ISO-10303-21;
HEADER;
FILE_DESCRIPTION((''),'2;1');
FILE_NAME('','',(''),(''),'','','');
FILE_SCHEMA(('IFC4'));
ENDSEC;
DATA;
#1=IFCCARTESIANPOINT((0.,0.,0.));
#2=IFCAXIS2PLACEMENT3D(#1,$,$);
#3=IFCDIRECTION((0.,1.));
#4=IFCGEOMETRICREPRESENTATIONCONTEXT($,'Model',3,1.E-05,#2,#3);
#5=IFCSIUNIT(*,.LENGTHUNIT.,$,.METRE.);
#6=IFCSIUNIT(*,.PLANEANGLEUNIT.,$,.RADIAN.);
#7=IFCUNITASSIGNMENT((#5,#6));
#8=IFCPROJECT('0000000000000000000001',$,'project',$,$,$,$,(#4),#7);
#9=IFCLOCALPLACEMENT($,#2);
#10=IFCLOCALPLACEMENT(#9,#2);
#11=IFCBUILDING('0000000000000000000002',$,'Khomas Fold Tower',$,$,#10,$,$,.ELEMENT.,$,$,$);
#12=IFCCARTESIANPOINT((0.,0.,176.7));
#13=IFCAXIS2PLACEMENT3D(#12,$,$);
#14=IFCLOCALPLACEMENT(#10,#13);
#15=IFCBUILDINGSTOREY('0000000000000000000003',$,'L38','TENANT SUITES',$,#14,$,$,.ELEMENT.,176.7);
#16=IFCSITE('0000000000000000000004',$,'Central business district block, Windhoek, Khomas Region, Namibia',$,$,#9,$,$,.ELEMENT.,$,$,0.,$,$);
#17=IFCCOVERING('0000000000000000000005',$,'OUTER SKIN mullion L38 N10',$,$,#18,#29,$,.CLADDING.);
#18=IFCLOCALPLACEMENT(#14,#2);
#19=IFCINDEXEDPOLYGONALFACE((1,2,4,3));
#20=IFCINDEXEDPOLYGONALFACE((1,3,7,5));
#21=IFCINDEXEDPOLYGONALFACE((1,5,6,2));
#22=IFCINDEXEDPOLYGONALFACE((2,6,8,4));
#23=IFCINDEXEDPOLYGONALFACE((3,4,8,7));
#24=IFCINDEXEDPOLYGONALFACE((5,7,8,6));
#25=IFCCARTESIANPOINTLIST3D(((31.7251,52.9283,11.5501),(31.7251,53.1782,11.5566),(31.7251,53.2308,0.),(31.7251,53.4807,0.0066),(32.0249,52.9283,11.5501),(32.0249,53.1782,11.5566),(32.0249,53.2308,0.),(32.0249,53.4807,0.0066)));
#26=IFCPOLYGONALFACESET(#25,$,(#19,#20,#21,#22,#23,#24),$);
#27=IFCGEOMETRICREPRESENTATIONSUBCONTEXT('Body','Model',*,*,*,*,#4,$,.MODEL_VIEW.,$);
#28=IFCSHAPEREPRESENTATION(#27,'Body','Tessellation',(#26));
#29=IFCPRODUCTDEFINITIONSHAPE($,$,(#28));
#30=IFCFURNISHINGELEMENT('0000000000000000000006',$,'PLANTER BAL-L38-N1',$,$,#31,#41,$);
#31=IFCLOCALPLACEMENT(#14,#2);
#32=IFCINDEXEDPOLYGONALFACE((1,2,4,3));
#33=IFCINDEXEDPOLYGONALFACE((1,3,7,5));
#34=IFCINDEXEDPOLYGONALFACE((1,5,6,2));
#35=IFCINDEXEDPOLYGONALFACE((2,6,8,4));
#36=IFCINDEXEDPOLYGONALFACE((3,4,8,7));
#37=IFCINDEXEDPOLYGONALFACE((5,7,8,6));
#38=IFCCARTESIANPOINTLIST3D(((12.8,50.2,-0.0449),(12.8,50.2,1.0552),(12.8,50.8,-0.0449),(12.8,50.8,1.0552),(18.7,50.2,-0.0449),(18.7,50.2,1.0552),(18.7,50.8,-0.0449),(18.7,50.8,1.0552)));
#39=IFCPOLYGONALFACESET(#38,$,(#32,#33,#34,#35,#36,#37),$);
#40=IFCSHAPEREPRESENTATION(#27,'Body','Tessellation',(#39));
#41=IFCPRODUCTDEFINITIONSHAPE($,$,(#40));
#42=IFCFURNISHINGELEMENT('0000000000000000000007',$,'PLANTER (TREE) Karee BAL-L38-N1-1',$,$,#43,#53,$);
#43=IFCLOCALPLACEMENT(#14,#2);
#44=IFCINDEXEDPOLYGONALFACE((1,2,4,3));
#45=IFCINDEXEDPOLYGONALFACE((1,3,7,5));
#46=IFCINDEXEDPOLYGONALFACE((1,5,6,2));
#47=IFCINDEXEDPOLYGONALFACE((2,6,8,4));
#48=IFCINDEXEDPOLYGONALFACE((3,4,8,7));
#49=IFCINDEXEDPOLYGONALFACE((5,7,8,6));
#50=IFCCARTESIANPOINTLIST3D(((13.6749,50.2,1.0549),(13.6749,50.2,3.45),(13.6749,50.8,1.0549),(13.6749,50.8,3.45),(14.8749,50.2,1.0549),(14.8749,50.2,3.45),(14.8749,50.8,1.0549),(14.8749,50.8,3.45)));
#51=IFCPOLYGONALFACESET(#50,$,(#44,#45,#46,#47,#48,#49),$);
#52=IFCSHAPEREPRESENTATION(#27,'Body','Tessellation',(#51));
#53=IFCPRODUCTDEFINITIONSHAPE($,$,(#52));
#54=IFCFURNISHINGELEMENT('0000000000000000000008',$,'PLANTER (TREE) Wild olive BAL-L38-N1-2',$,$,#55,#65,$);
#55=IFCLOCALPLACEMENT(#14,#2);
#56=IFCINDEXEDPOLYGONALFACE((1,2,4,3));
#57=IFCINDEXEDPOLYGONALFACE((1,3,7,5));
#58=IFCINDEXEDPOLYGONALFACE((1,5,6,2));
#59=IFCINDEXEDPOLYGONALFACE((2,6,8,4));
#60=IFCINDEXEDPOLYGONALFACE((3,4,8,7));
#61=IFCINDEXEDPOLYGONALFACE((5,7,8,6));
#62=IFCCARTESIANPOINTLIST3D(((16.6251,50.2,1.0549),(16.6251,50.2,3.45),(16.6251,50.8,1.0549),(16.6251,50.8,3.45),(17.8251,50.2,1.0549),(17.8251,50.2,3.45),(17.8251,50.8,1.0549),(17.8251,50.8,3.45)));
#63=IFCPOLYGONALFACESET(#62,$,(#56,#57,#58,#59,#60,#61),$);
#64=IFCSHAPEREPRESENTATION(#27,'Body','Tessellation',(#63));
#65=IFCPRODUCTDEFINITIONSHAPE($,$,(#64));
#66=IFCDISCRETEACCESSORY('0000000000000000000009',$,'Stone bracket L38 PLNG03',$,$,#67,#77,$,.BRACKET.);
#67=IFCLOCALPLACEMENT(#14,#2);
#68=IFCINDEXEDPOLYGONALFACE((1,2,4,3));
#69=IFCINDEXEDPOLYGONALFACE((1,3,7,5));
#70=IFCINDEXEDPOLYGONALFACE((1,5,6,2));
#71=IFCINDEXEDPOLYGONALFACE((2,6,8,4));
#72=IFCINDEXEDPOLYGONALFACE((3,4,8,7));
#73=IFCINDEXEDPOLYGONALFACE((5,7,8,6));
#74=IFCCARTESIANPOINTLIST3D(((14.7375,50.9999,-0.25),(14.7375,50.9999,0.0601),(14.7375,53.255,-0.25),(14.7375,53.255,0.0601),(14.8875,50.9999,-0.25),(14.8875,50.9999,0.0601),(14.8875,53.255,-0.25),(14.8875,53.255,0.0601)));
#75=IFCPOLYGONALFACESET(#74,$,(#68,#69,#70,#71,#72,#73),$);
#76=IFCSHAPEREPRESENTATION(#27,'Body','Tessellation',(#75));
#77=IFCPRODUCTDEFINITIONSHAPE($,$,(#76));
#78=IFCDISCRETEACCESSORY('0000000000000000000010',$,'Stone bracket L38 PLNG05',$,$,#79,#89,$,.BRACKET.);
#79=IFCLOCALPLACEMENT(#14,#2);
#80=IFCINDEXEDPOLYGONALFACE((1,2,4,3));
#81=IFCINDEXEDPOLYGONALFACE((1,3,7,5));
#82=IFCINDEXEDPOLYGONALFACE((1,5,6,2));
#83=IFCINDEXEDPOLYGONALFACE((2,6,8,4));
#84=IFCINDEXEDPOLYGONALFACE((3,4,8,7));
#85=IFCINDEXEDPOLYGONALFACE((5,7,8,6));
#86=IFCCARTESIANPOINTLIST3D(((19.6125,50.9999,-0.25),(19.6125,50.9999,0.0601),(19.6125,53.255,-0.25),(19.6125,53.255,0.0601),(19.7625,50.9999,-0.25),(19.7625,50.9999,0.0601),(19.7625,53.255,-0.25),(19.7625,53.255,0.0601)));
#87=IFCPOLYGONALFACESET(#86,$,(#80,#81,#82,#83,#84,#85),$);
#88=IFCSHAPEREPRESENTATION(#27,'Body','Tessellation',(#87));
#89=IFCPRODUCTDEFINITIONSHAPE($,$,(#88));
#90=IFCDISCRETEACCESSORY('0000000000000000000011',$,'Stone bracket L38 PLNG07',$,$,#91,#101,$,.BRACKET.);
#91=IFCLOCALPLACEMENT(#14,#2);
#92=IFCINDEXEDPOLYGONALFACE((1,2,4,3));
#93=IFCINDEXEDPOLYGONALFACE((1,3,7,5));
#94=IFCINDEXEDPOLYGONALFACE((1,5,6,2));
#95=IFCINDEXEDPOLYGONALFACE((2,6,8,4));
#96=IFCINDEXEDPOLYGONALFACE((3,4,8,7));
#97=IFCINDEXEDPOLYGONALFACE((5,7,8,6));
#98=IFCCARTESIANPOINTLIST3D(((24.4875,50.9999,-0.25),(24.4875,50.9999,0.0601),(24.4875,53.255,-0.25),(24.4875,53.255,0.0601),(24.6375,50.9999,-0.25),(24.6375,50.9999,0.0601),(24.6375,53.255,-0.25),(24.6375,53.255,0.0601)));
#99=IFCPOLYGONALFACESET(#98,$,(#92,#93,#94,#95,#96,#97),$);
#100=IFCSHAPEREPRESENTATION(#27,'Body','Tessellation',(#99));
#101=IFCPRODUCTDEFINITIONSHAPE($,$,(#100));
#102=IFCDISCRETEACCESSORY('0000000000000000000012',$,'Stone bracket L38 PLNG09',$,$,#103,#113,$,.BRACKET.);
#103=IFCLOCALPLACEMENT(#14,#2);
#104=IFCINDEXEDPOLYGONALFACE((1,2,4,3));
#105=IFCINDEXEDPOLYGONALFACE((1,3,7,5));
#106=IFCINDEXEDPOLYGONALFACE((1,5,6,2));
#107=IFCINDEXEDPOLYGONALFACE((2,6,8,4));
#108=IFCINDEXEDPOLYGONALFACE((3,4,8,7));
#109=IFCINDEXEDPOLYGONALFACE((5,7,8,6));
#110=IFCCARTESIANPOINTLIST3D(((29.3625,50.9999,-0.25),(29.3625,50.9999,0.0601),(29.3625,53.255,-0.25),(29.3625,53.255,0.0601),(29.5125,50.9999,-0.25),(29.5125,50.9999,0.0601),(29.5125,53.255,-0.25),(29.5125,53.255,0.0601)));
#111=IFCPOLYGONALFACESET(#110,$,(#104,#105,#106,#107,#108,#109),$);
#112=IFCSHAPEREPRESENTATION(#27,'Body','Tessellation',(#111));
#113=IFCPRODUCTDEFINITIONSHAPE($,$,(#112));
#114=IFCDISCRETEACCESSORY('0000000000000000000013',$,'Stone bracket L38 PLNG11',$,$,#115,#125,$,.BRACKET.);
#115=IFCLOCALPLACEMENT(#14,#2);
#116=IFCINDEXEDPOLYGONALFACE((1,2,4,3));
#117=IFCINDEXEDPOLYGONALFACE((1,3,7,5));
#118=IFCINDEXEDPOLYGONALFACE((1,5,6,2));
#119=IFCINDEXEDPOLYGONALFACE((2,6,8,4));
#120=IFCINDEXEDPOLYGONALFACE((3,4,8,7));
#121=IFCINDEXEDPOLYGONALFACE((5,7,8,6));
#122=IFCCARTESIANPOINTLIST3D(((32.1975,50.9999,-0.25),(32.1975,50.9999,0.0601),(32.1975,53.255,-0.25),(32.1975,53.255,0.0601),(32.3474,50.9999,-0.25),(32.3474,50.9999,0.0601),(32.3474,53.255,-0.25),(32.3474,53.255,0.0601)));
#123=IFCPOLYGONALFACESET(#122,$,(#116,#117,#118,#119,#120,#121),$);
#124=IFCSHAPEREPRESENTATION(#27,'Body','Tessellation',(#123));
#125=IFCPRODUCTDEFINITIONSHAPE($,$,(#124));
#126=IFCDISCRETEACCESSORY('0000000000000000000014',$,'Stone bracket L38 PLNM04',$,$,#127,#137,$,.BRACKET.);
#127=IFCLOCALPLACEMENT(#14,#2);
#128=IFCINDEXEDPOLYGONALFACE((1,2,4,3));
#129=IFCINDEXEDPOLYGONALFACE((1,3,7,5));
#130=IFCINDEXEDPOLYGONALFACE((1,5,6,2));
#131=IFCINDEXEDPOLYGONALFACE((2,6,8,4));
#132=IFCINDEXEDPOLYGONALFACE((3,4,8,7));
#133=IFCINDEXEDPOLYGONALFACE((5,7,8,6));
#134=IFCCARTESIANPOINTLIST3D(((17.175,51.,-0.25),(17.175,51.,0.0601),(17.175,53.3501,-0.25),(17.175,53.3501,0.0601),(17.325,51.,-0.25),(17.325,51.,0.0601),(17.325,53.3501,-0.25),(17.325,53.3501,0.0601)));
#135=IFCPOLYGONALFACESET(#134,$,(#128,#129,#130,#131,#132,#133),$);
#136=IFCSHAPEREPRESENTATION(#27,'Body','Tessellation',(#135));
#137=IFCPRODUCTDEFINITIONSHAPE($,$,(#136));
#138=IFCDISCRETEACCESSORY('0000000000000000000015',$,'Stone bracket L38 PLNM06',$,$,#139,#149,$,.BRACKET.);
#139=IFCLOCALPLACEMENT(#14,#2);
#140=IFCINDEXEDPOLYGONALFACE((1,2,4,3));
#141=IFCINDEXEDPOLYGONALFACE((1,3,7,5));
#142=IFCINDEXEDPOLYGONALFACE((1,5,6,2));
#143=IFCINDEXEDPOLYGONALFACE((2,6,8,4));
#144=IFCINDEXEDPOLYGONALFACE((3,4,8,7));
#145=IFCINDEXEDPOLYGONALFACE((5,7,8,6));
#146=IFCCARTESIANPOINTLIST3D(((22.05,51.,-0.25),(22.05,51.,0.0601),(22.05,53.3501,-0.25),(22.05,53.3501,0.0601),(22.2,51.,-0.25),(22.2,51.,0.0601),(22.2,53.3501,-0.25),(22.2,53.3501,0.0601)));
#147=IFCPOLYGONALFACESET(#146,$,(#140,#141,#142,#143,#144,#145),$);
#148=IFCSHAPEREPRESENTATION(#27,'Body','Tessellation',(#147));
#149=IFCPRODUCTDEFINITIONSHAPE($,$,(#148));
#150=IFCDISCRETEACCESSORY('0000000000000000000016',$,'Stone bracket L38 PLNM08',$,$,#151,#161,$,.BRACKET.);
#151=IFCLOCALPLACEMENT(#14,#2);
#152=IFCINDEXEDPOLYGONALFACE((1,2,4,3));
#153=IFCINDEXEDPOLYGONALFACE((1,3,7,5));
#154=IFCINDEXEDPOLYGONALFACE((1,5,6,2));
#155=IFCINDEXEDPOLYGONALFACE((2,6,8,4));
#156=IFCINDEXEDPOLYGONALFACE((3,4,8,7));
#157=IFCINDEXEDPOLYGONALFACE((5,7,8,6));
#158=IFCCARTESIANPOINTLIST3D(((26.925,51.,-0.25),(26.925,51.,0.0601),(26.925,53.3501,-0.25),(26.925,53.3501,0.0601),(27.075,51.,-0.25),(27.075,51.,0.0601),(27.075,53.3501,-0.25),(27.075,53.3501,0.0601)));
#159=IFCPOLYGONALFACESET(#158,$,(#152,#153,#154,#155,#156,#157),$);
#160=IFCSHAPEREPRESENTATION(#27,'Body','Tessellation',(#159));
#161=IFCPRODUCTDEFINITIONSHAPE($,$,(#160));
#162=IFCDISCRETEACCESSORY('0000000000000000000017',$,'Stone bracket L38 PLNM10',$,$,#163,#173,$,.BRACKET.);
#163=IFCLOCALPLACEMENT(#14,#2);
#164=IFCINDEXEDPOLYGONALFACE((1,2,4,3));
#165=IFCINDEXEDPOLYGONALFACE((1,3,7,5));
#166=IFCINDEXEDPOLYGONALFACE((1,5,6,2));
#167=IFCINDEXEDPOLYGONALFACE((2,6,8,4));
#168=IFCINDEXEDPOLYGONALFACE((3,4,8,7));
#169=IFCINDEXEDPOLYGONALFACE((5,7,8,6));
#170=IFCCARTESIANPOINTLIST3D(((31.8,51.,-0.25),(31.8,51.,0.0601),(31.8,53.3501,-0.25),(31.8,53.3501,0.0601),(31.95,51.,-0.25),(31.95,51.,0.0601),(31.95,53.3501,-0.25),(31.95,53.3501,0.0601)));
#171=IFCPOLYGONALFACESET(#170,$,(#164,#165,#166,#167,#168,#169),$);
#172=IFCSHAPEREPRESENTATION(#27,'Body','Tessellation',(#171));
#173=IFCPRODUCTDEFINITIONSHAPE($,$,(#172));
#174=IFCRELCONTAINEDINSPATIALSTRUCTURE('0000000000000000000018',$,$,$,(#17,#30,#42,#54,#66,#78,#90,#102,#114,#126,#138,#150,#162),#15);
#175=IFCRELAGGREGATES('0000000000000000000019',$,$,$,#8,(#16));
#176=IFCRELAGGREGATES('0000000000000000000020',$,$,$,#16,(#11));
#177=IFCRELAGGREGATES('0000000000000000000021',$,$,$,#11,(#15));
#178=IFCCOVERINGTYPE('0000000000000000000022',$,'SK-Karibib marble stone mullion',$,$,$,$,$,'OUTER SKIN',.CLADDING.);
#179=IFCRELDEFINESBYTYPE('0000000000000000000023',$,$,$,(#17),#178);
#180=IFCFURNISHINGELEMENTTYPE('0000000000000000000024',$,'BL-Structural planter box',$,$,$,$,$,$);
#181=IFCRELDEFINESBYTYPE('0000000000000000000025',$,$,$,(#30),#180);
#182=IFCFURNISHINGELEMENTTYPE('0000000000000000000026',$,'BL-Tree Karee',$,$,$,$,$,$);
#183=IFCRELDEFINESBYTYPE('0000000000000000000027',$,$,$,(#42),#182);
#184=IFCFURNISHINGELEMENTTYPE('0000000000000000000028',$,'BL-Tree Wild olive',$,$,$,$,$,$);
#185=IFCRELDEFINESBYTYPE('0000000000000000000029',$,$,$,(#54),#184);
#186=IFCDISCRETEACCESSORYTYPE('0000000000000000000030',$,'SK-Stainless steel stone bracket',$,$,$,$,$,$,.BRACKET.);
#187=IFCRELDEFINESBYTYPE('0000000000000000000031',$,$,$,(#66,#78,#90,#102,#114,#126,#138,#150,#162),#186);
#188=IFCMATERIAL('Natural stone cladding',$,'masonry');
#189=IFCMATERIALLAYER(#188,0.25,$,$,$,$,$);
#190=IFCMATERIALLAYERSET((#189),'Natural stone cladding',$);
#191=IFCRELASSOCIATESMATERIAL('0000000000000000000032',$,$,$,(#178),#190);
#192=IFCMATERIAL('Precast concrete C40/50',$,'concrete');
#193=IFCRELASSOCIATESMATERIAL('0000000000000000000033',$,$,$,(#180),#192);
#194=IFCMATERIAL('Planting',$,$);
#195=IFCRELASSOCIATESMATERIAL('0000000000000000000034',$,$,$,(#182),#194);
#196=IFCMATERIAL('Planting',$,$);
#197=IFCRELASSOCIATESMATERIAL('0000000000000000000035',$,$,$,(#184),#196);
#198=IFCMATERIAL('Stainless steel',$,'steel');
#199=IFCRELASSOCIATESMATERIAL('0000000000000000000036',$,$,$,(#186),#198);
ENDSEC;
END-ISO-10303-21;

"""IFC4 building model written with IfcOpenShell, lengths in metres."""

from ifc_helpers import new_model, si_unit, direction, frame, origin, origin_2d, place, context, subcontext, project, spatial, polyline, rectangle, outline, extrude, source, transform, mapped, material, layer, layer_set, type_object, element, save


model = new_model("IFC4")

# Units and contexts
model_context = context("Model", 3, precision=1e-05, world=origin(), true_north=direction((0.0, 1.0)))
body_context = subcontext(model_context, "Body", "Model", "MODEL_VIEW")
ifc_project = project(units=[si_unit("LENGTHUNIT", "METRE"), si_unit("PLANEANGLEUNIT", "RADIAN")], contexts=[model_context])

# Site, building, storey
site_placement = place(None, origin())
site = spatial("IfcSite", under=ifc_project, at=site_placement, Name="Central business district block, Windhoek, Khomas Region, Namibia", CompositionType="ELEMENT", RefElevation=0.0)
building_placement = place(site_placement, origin())
building = spatial("IfcBuilding", under=site, at=building_placement, Name="Khomas Fold Tower", CompositionType="ELEMENT")
storey_placement = place(building_placement, frame((0.0, 0.0, 176.7)))
storey = spatial("IfcBuildingStorey", under=building, at=storey_placement, Name="L38", Description="TENANT SUITES", CompositionType="ELEMENT", Elevation=176.7)

# Covering
ifc_material_1 = material(Name="Natural stone cladding", Category="masonry")
ifc_layer_1 = layer(ifc_material_1, 0.25)
ifc_layer_set_1 = layer_set([ifc_layer_1], Name="Natural stone cladding")
covering_type = type_object("IfcCoveringType", Name="SK-Karibib marble stone mullion", ElementType="OUTER SKIN", PredefinedType="CLADDING", material=ifc_layer_set_1)
for number, where, z_axis, x_axis, name in (
    (1, (31.7251, 53.4807, 0.0066), (0.0, 0.999657, 0.026181), (1.0, 0.0, 0.0), "OUTER SKIN mullion L38 N10"),
):
    element("IfcCovering", number, at=place(storey_placement, frame(where, z_axis=z_axis, x_axis=x_axis)), inside=storey, type_object=covering_type, Name=name, PredefinedType="CLADDING", context=body_context, shape_type="SweptSolid", body=[
        extrude(outline(polyline([(0.0, 0.0), (0.2998, 0.0), (0.2998, -11.554), (0.0, -11.554), (0.0, 0.0)])), origin(), (0.0, 0.0, -1.0), 0.25),
    ])

# Furnishing elements
ifc_material_2 = material(Name="Precast concrete C40/50", Category="concrete")
furnishing_element_type_1 = type_object("IfcFurnishingElementType", Name="BL-Structural planter box", material=ifc_material_2)
shared_shape_1 = source(origin(), body_context, "Body", "SweptSolid", [
    extrude(rectangle(XDim=5.8999, YDim=0.6001, at=origin_2d()), origin(), (0.0, 0.0, 1.0), 1.1001),
])
furnishing_1_placement = place(storey_placement, frame((15.75, 50.5, -0.0449), z_axis=(0.0, 0.0, 1.0), x_axis=(1.0, 0.0, 0.0)))
element("IfcFurnishingElement", 2, at=furnishing_1_placement, inside=storey, type_object=furnishing_element_type_1, Name="PLANTER BAL-L38-N1", context=body_context, shape_type="MappedRepresentation", body=[
    mapped(shared_shape_1, transform((0.0, 0.0, 0.0))),
])
ifc_material_3 = material(Name="Planting")
furnishing_element_type_2 = type_object("IfcFurnishingElementType", Name="BL-Tree Karee", material=ifc_material_3)
shared_shape_2 = source(origin(), body_context, "Body", "SweptSolid", [
    extrude(rectangle(XDim=1.2, YDim=0.6001, at=origin_2d()), origin(), (0.0, 0.0, 1.0), 2.395),
])
furnishing_2_placement = place(storey_placement, frame((14.2749, 50.5, 1.0549), z_axis=(0.0, 0.0, 1.0), x_axis=(1.0, 0.0, 0.0)))
element("IfcFurnishingElement", 3, at=furnishing_2_placement, inside=storey, type_object=furnishing_element_type_2, Name="PLANTER (TREE) Karee BAL-L38-N1-1", context=body_context, shape_type="MappedRepresentation", body=[
    mapped(shared_shape_2, transform((0.0, 0.0, 0.0))),
])
ifc_material_4 = material(Name="Planting")
furnishing_element_type_3 = type_object("IfcFurnishingElementType", Name="BL-Tree Wild olive", material=ifc_material_4)
furnishing_3_placement = place(storey_placement, frame((17.2251, 50.5, 1.0549), z_axis=(0.0, 0.0, 1.0), x_axis=(1.0, 0.0, 0.0)))
element("IfcFurnishingElement", 4, at=furnishing_3_placement, inside=storey, type_object=furnishing_element_type_3, Name="PLANTER (TREE) Wild olive BAL-L38-N1-2", context=body_context, shape_type="MappedRepresentation", body=[
    mapped(shared_shape_2, transform((0.0, 0.0, 0.0))),
])

# Discrete accessories
ifc_material_5 = material(Name="Stainless steel", Category="steel")
discrete_accessory_type = type_object("IfcDiscreteAccessoryType", Name="SK-Stainless steel stone bracket", PredefinedType="BRACKET", material=ifc_material_5)
shared_shape_3 = source(origin(), body_context, "Body", "SweptSolid", [
    extrude(rectangle(XDim=2.2551, YDim=0.1499, at=origin_2d()), origin(), (0.0, 0.0, 1.0), 0.3101),
])
for number, where, z_axis, x_axis, name in (
    (5, (14.8125, 52.1274, -0.25), (0.0, 0.0, 1.0), (0.0, 1.0, 0.0), "Stone bracket L38 PLNG03"),
    (6, (19.6875, 52.1274, -0.25), (0.0, 0.0, 1.0), (0.0, 1.0, 0.0), "Stone bracket L38 PLNG05"),
    (7, (24.5625, 52.1274, -0.25), (0.0, 0.0, 1.0), (0.0, 1.0, 0.0), "Stone bracket L38 PLNG07"),
    (8, (29.4375, 52.1274, -0.25), (0.0, 0.0, 1.0), (0.0, 1.0, 0.0), "Stone bracket L38 PLNG09"),
    (9, (32.2725, 52.1274, -0.25), (0.0, 0.0, 1.0), (0.0, 1.0, 0.0), "Stone bracket L38 PLNG11"),
):
    element("IfcDiscreteAccessory", number, at=place(storey_placement, frame(where, z_axis=z_axis, x_axis=x_axis)), inside=storey, type_object=discrete_accessory_type, Name=name, PredefinedType="BRACKET", context=body_context, shape_type="MappedRepresentation", body=[
        mapped(shared_shape_3, transform((0.0, 0.0, 0.0))),
    ])
shared_shape_4 = source(origin(), body_context, "Body", "SweptSolid", [
    extrude(rectangle(XDim=2.3501, YDim=0.1499, at=origin_2d()), origin(), (0.0, 0.0, 1.0), 0.3101),
])
for number, where, z_axis, x_axis, name in (
    (10, (17.25, 52.175, -0.25), (0.0, 0.0, 1.0), (0.0, 1.0, 0.0), "Stone bracket L38 PLNM04"),
    (11, (22.125, 52.175, -0.25), (0.0, 0.0, 1.0), (0.0, 1.0, 0.0), "Stone bracket L38 PLNM06"),
    (12, (27.0, 52.175, -0.25), (0.0, 0.0, 1.0), (0.0, 1.0, 0.0), "Stone bracket L38 PLNM08"),
    (13, (31.875, 52.175, -0.25), (0.0, 0.0, 1.0), (0.0, 1.0, 0.0), "Stone bracket L38 PLNM10"),
):
    element("IfcDiscreteAccessory", number, at=place(storey_placement, frame(where, z_axis=z_axis, x_axis=x_axis)), inside=storey, type_object=discrete_accessory_type, Name=name, PredefinedType="BRACKET", context=body_context, shape_type="MappedRepresentation", body=[
        mapped(shared_shape_4, transform((0.0, 0.0, 0.0))),
    ])

save(model, "model.ifc")
